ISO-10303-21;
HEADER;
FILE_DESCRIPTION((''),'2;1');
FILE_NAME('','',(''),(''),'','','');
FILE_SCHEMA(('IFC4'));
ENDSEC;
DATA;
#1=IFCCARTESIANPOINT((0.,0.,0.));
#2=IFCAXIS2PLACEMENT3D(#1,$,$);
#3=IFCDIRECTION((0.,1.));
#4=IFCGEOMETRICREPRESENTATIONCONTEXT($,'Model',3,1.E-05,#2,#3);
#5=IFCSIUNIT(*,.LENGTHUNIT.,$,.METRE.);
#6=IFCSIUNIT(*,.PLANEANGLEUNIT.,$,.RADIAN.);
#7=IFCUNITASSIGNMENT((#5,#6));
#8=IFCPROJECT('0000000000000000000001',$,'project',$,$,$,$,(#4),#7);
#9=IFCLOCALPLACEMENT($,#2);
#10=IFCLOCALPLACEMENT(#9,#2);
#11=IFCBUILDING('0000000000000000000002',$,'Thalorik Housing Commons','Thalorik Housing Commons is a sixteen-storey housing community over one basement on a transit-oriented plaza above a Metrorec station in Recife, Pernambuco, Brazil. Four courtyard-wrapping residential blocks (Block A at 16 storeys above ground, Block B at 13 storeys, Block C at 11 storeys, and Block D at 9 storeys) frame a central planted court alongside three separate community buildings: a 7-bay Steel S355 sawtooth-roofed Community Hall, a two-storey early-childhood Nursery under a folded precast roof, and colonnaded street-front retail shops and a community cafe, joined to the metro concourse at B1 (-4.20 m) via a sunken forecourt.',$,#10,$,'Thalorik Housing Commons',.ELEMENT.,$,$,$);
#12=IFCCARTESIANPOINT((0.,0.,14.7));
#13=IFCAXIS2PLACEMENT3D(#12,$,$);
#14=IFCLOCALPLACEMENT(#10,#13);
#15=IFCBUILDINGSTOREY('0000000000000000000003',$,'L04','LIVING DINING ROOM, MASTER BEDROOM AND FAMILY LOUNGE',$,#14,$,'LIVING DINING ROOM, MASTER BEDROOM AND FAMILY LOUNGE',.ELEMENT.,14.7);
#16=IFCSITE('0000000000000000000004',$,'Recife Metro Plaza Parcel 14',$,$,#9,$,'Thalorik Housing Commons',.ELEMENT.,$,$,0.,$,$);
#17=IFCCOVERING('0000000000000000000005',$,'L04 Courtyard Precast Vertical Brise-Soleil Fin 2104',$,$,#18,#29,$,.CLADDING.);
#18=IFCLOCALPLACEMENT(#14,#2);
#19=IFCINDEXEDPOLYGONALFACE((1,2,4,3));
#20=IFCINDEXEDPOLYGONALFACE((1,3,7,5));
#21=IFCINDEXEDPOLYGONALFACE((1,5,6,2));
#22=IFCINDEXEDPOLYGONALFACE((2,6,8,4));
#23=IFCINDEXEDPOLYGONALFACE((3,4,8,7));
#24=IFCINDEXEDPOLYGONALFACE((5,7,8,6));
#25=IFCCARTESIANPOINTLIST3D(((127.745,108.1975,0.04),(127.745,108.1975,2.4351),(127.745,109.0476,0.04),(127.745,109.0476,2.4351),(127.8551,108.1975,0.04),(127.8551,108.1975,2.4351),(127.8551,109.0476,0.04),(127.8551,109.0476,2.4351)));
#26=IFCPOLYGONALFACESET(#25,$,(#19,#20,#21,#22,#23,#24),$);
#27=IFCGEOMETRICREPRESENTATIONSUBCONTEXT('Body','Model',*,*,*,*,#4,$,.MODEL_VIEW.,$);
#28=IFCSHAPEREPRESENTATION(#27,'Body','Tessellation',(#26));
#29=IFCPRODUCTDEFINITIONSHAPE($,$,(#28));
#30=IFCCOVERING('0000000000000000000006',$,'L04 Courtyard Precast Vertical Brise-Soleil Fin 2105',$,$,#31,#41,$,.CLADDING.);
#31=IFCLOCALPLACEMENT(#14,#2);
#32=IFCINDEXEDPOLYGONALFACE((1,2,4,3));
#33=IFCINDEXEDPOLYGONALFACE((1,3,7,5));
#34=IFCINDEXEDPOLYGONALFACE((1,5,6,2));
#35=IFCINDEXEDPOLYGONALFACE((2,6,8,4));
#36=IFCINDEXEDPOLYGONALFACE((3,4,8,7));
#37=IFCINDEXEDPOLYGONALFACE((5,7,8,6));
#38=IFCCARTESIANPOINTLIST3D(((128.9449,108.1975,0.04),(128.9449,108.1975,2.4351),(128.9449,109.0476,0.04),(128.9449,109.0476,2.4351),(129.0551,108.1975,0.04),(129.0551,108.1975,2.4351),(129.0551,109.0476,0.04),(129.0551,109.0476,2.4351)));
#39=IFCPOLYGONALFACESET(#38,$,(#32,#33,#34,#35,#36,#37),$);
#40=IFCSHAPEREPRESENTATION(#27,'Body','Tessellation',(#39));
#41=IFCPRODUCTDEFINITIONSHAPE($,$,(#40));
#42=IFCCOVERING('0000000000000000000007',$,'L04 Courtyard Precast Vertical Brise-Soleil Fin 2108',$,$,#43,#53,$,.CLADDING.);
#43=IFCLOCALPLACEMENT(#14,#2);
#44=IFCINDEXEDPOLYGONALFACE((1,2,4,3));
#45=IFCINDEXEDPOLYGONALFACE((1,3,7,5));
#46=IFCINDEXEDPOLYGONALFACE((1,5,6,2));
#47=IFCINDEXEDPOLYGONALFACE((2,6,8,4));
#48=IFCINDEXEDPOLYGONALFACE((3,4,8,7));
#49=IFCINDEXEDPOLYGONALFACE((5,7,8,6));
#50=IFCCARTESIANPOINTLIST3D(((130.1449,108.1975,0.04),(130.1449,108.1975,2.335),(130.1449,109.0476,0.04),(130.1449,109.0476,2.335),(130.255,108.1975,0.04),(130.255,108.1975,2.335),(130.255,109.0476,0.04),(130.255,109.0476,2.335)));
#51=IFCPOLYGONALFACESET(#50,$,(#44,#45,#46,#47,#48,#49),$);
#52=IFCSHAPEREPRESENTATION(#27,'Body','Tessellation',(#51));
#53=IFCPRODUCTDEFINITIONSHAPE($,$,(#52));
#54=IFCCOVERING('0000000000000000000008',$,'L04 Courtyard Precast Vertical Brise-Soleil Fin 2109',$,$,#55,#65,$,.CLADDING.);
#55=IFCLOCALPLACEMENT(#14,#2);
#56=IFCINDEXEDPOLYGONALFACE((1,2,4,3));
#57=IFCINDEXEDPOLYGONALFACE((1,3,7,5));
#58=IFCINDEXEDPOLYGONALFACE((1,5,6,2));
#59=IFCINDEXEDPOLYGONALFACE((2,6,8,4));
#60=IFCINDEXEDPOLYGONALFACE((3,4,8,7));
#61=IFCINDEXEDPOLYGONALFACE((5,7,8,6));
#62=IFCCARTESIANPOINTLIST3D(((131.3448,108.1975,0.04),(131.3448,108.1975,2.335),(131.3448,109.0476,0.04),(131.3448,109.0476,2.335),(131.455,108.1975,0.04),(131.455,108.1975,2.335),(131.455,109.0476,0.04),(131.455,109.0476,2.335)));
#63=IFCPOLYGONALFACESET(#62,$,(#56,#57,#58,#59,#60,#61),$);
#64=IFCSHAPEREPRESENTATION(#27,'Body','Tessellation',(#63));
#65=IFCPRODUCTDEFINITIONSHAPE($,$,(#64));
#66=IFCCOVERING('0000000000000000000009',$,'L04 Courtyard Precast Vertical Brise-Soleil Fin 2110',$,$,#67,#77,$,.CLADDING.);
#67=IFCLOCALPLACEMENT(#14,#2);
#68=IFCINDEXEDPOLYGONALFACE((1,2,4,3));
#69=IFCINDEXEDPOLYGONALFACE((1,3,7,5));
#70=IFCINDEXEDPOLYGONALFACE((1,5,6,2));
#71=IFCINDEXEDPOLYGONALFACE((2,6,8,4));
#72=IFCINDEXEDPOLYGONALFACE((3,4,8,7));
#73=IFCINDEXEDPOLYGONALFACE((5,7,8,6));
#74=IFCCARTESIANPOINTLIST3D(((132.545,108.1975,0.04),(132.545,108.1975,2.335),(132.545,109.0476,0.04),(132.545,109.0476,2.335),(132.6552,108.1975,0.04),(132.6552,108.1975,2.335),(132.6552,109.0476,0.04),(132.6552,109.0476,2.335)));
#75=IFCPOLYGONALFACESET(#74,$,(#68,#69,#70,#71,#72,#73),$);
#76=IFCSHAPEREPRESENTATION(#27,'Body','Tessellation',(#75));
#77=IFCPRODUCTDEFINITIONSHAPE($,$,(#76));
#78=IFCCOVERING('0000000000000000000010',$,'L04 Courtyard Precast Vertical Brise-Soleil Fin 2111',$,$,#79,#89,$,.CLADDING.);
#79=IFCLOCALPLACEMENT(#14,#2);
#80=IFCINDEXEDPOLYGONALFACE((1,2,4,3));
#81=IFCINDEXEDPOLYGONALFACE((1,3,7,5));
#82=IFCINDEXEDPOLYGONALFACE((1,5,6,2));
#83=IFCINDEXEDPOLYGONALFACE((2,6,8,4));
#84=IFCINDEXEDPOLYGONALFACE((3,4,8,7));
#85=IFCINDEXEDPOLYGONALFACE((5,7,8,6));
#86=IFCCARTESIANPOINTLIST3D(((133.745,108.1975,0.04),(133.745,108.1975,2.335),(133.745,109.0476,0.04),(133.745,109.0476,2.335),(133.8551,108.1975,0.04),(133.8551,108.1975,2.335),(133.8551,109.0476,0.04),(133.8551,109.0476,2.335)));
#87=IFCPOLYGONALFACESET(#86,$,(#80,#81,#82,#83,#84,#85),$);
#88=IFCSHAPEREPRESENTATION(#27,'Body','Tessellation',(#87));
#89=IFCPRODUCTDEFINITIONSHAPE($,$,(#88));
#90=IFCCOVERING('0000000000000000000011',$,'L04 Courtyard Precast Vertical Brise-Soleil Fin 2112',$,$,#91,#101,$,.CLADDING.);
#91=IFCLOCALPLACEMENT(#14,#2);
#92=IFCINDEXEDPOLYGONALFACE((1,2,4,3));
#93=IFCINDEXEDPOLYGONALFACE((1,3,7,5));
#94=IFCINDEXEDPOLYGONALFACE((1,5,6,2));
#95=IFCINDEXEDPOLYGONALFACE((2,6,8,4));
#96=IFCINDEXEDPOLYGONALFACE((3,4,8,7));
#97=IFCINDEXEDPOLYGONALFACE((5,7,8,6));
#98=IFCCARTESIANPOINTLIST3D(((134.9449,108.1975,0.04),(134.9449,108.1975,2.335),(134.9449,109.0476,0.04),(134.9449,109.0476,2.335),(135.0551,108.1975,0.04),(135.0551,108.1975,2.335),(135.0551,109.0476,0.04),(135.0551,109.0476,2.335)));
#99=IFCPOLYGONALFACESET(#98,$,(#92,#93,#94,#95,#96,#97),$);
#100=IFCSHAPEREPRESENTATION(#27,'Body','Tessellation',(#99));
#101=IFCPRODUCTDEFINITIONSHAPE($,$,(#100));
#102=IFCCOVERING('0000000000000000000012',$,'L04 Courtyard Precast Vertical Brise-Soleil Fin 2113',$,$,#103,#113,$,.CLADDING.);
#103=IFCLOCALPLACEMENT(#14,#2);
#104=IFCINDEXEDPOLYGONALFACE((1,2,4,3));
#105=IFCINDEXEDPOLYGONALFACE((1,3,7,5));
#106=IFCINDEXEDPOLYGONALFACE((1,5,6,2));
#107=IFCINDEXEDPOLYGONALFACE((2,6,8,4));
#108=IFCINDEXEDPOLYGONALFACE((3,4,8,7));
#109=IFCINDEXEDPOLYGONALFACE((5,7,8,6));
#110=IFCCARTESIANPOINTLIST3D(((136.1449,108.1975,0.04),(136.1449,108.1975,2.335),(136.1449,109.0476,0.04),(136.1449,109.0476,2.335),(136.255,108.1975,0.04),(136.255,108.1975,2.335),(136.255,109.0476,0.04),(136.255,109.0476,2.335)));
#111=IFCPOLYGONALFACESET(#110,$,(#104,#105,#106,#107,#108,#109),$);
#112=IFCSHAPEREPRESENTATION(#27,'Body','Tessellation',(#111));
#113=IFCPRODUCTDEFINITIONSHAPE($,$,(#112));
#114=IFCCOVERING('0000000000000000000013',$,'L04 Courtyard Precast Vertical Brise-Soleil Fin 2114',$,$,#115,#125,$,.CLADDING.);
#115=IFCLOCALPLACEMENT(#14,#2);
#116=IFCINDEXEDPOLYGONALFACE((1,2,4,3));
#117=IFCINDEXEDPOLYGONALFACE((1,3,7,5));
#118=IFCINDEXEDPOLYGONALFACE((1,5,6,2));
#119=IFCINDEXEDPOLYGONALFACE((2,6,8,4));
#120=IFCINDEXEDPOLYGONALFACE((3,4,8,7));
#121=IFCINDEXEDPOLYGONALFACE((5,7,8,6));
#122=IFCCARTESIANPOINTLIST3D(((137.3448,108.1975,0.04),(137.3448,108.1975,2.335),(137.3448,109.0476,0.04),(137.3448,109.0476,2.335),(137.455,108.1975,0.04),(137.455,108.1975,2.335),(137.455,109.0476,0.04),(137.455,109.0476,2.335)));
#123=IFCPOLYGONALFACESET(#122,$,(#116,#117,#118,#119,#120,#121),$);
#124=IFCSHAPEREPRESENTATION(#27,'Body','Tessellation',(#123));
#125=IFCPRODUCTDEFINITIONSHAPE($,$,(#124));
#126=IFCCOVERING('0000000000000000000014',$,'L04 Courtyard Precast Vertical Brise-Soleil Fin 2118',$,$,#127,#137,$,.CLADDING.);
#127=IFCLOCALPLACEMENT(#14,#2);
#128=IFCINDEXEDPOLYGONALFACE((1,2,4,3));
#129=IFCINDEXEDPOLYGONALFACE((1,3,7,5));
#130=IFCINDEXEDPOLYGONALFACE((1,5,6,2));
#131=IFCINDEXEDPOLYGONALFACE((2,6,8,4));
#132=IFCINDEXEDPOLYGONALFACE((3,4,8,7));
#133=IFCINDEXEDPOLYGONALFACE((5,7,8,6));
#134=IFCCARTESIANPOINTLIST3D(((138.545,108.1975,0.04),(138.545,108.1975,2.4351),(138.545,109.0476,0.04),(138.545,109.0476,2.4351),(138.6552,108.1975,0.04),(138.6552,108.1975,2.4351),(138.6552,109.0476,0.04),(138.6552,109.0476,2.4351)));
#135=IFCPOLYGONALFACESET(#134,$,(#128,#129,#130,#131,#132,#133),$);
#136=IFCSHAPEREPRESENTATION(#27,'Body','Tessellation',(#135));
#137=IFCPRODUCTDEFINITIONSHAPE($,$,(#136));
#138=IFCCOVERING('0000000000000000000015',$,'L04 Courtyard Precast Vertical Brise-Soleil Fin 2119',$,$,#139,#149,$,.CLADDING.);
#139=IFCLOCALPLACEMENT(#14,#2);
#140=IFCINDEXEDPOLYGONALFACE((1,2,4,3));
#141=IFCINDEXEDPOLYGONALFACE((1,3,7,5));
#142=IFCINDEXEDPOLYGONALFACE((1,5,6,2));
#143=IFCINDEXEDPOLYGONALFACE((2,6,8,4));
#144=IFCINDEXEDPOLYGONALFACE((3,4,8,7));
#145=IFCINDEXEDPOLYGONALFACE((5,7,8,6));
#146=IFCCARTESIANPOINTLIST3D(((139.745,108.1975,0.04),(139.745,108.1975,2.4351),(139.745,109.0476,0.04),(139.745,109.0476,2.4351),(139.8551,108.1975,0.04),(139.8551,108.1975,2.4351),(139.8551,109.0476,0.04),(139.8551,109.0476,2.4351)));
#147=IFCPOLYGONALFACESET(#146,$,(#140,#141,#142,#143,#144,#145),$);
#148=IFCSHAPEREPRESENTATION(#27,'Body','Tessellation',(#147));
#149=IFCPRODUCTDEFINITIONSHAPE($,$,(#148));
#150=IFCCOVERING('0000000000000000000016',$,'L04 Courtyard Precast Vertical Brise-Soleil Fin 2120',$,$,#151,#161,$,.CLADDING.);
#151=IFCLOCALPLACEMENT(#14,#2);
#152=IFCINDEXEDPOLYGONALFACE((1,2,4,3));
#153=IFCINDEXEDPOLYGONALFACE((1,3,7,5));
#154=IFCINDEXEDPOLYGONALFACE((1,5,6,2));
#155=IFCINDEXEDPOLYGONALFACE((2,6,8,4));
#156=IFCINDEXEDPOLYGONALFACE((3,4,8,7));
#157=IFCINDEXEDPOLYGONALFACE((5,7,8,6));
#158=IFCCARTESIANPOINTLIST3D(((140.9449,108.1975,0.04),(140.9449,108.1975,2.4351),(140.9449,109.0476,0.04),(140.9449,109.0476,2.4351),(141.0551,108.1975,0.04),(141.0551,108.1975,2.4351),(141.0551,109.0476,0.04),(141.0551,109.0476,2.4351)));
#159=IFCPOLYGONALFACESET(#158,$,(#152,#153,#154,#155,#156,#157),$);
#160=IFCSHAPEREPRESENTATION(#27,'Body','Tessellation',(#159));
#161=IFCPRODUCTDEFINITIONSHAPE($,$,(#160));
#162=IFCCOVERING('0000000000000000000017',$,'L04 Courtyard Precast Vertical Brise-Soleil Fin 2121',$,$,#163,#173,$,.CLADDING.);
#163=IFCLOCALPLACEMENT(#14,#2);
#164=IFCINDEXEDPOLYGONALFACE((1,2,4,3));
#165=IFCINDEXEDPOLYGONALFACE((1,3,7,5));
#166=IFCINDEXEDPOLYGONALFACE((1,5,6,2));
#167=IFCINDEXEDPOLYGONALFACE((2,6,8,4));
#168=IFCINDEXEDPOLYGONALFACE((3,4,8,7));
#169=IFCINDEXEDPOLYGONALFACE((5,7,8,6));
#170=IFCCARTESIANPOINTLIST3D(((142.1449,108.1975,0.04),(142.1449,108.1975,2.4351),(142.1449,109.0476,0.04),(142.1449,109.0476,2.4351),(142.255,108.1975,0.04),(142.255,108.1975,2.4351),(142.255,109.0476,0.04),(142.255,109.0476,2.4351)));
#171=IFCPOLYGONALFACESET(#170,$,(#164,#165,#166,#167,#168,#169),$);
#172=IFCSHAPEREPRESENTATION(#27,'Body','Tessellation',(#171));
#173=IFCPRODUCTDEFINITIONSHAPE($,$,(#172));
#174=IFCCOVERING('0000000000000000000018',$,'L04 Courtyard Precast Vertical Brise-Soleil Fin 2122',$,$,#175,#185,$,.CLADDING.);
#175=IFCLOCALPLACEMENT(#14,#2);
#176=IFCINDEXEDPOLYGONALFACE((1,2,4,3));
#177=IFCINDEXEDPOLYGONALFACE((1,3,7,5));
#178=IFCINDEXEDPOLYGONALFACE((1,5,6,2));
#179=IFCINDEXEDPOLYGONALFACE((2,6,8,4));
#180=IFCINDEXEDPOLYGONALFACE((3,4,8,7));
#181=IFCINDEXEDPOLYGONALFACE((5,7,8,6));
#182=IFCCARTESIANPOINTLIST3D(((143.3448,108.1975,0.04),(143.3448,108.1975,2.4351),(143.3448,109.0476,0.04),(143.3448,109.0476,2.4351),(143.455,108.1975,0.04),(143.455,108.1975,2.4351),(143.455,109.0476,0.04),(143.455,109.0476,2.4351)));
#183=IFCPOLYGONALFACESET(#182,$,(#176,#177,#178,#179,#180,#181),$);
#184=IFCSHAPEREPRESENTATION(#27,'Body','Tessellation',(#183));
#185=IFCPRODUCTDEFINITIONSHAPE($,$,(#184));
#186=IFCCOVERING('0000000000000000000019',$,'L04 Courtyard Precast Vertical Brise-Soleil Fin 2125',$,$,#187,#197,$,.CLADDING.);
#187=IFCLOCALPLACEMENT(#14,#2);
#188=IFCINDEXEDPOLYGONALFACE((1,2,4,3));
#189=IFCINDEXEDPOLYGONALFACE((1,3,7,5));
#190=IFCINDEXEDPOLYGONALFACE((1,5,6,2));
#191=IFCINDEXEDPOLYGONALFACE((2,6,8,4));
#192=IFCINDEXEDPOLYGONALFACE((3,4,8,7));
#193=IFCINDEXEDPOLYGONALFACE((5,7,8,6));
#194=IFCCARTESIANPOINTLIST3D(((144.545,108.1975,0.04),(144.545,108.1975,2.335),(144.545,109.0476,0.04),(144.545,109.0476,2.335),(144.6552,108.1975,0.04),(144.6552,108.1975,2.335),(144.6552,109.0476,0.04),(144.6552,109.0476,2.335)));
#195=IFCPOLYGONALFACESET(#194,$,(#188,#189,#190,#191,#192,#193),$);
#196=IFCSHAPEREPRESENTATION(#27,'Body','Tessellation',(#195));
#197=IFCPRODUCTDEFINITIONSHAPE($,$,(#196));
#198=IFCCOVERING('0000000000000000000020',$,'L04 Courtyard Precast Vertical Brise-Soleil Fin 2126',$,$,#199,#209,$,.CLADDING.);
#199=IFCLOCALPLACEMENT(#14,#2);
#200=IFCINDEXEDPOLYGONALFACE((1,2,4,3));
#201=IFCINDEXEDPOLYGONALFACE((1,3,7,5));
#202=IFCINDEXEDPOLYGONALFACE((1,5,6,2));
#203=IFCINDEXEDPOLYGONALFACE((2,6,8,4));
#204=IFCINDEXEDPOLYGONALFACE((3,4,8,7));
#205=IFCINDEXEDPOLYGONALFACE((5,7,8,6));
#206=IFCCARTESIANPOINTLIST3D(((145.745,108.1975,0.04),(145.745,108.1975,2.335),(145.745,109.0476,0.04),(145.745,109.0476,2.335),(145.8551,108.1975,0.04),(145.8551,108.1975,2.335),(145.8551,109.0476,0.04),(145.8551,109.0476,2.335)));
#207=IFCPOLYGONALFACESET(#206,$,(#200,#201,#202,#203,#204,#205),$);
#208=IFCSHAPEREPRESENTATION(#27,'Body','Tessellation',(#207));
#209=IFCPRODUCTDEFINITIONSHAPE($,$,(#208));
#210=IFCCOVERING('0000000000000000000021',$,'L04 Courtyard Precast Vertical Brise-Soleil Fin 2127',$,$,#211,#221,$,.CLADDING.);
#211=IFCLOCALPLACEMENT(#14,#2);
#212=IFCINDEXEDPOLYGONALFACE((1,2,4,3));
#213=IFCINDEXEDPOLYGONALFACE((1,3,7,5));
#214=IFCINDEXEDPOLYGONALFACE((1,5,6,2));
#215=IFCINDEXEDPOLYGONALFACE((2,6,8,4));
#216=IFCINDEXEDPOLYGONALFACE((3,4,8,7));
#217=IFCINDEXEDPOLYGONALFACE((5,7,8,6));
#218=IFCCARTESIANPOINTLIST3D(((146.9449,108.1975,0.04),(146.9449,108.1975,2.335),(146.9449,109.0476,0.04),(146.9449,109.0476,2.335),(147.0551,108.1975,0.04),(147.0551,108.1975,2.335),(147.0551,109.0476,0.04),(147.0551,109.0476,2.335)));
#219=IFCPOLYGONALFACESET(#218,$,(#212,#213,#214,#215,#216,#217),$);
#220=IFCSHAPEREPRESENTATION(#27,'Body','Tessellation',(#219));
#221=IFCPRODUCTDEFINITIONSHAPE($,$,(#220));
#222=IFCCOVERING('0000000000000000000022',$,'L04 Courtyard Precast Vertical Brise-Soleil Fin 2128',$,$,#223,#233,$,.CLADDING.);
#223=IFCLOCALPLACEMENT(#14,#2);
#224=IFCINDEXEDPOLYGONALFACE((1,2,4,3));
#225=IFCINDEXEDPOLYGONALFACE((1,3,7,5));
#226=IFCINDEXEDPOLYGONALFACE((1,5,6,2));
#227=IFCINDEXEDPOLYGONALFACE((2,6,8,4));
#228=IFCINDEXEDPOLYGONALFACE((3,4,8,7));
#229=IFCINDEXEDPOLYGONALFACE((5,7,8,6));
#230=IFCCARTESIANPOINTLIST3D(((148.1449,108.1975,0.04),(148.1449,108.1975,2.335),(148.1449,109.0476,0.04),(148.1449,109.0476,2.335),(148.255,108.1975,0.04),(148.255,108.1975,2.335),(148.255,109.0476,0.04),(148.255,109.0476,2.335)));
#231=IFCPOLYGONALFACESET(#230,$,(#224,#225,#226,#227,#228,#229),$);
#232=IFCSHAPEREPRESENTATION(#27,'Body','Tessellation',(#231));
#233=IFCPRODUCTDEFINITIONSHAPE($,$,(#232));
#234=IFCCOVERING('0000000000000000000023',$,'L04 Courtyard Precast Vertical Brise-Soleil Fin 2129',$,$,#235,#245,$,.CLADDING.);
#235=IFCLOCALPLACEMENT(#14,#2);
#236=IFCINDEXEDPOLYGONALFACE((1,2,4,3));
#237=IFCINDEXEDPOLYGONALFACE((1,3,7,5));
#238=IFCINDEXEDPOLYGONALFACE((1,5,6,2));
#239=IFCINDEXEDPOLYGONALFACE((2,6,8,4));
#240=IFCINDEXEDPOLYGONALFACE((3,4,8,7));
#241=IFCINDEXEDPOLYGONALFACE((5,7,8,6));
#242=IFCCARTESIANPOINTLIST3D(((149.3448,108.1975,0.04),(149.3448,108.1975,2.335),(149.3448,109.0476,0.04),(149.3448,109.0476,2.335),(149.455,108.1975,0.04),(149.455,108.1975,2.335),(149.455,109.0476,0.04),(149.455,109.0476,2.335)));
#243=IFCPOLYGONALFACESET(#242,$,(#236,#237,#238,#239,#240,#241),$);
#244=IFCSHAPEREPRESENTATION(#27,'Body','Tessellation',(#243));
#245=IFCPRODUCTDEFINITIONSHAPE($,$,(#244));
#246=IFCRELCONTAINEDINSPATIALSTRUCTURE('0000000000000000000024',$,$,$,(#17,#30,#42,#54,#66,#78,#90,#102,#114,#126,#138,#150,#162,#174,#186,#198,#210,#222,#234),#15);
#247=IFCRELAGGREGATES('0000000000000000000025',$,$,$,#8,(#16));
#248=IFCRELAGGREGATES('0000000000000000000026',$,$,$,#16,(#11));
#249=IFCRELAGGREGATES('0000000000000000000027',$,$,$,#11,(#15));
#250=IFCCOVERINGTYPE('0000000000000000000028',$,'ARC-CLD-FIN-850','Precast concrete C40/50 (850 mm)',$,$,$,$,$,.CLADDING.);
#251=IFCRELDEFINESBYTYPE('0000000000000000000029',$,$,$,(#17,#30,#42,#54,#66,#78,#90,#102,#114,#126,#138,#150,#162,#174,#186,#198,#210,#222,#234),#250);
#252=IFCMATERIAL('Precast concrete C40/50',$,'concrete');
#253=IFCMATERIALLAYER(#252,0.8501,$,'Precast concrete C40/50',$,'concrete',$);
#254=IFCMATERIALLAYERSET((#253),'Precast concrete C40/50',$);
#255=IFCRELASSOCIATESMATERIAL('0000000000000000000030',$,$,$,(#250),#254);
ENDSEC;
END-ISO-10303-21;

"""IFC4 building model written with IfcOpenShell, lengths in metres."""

from ifc_helpers import new_model, si_unit, direction, frame, origin, origin_2d, place, context, subcontext, project, spatial, rectangle, extrude, material, layer, layer_set, type_object, element, save


model = new_model("IFC4")

# Units and contexts
model_context = context("Model", 3, precision=1e-05, world=origin(), true_north=direction((0.0, 1.0)))
body_context = subcontext(model_context, "Body", "Model", "MODEL_VIEW")
ifc_project = project(units=[si_unit("LENGTHUNIT", "METRE"), si_unit("PLANEANGLEUNIT", "RADIAN")], contexts=[model_context])

# Site, building, storey
site_placement = place(None, origin())
site = spatial("IfcSite", under=ifc_project, at=site_placement, Name="Recife Metro Plaza Parcel 14", LongName="Thalorik Housing Commons", CompositionType="ELEMENT", RefElevation=0.0)
building_placement = place(site_placement, origin())
building = spatial("IfcBuilding", under=site, at=building_placement, Name="Thalorik Housing Commons", Description="Thalorik Housing Commons is a sixteen-storey housing community over one basement on a transit-oriented plaza above a Metrorec station in Recife, Pernambuco, Brazil. Four courtyard-wrapping residential blocks (Block A at 16 storeys above ground, Block B at 13 storeys, Block C at 11 storeys, and Block D at 9 storeys) frame a central planted court alongside three separate community buildings: a 7-bay Steel S355 sawtooth-roofed Community Hall, a two-storey early-childhood Nursery under a folded precast roof, and colonnaded street-front retail shops and a community cafe, joined to the metro concourse at B1 (-4.20 m) via a sunken forecourt.", LongName="Thalorik Housing Commons", CompositionType="ELEMENT")
storey_placement = place(building_placement, frame((0.0, 0.0, 14.7)))
storey = spatial("IfcBuildingStorey", under=building, at=storey_placement, Name="L04", Description="LIVING DINING ROOM, MASTER BEDROOM AND FAMILY LOUNGE", LongName="LIVING DINING ROOM, MASTER BEDROOM AND FAMILY LOUNGE", CompositionType="ELEMENT", Elevation=14.7)

# Coverings
ifc_material = material(Name="Precast concrete C40/50", Category="concrete")
ifc_layer = layer(ifc_material, 0.8501, Name="Precast concrete C40/50", Category="concrete")
ifc_layer_set = layer_set([ifc_layer], Name="Precast concrete C40/50")
covering_type = type_object("IfcCoveringType", Name="ARC-CLD-FIN-850", Description="Precast concrete C40/50 (850 mm)", PredefinedType="CLADDING", material=ifc_layer_set)
for number, where, z_axis, x_axis, name in (
    (1, (127.8, 108.6226, 0.04), (0.0, 0.0, 1.0), (1.0, 0.0, 0.0), "L04 Courtyard Precast Vertical Brise-Soleil Fin 2104"),
    (2, (129.0, 108.6226, 0.04), (0.0, 0.0, 1.0), (1.0, 0.0, 0.0), "L04 Courtyard Precast Vertical Brise-Soleil Fin 2105"),
):
    element("IfcCovering", number, at=place(storey_placement, frame(where, z_axis=z_axis, x_axis=x_axis)), inside=storey, type_object=covering_type, Name=name, PredefinedType="CLADDING", context=body_context, shape_type="SweptSolid", body=[
        extrude(rectangle(XDim=0.1101, YDim=0.8501, at=origin_2d()), origin(), (0.0, 0.0, 1.0), 2.395),
    ])
for number, where, z_axis, x_axis, name in (
    (3, (130.2, 108.6226, 0.04), (0.0, 0.0, 1.0), (1.0, 0.0, 0.0), "L04 Courtyard Precast Vertical Brise-Soleil Fin 2108"),
    (4, (131.3999, 108.6226, 0.04), (0.0, 0.0, 1.0), (1.0, 0.0, 0.0), "L04 Courtyard Precast Vertical Brise-Soleil Fin 2109"),
    (5, (132.6001, 108.6226, 0.04), (0.0, 0.0, 1.0), (1.0, 0.0, 0.0), "L04 Courtyard Precast Vertical Brise-Soleil Fin 2110"),
    (6, (133.8, 108.6226, 0.04), (0.0, 0.0, 1.0), (1.0, 0.0, 0.0), "L04 Courtyard Precast Vertical Brise-Soleil Fin 2111"),
    (7, (135.0, 108.6226, 0.04), (0.0, 0.0, 1.0), (1.0, 0.0, 0.0), "L04 Courtyard Precast Vertical Brise-Soleil Fin 2112"),
    (8, (136.2, 108.6226, 0.04), (0.0, 0.0, 1.0), (1.0, 0.0, 0.0), "L04 Courtyard Precast Vertical Brise-Soleil Fin 2113"),
    (9, (137.3999, 108.6226, 0.04), (0.0, 0.0, 1.0), (1.0, 0.0, 0.0), "L04 Courtyard Precast Vertical Brise-Soleil Fin 2114"),
):
    element("IfcCovering", number, at=place(storey_placement, frame(where, z_axis=z_axis, x_axis=x_axis)), inside=storey, type_object=covering_type, Name=name, PredefinedType="CLADDING", context=body_context, shape_type="SweptSolid", body=[
        extrude(rectangle(XDim=0.1101, YDim=0.8501, at=origin_2d()), origin(), (0.0, 0.0, 1.0), 2.2949),
    ])
for number, where, z_axis, x_axis, name in (
    (10, (138.6001, 108.6226, 0.04), (0.0, 0.0, 1.0), (1.0, 0.0, 0.0), "L04 Courtyard Precast Vertical Brise-Soleil Fin 2118"),
    (11, (139.8, 108.6226, 0.04), (0.0, 0.0, 1.0), (1.0, 0.0, 0.0), "L04 Courtyard Precast Vertical Brise-Soleil Fin 2119"),
    (12, (141.0, 108.6226, 0.04), (0.0, 0.0, 1.0), (1.0, 0.0, 0.0), "L04 Courtyard Precast Vertical Brise-Soleil Fin 2120"),
    (13, (142.2, 108.6226, 0.04), (0.0, 0.0, 1.0), (1.0, 0.0, 0.0), "L04 Courtyard Precast Vertical Brise-Soleil Fin 2121"),
    (14, (143.3999, 108.6226, 0.04), (0.0, 0.0, 1.0), (1.0, 0.0, 0.0), "L04 Courtyard Precast Vertical Brise-Soleil Fin 2122"),
):
    element("IfcCovering", number, at=place(storey_placement, frame(where, z_axis=z_axis, x_axis=x_axis)), inside=storey, type_object=covering_type, Name=name, PredefinedType="CLADDING", context=body_context, shape_type="SweptSolid", body=[
        extrude(rectangle(XDim=0.1101, YDim=0.8501, at=origin_2d()), origin(), (0.0, 0.0, 1.0), 2.395),
    ])
for number, where, z_axis, x_axis, name in (
    (15, (144.6001, 108.6226, 0.04), (0.0, 0.0, 1.0), (1.0, 0.0, 0.0), "L04 Courtyard Precast Vertical Brise-Soleil Fin 2125"),
    (16, (145.8, 108.6226, 0.04), (0.0, 0.0, 1.0), (1.0, 0.0, 0.0), "L04 Courtyard Precast Vertical Brise-Soleil Fin 2126"),
    (17, (147.0, 108.6226, 0.04), (0.0, 0.0, 1.0), (1.0, 0.0, 0.0), "L04 Courtyard Precast Vertical Brise-Soleil Fin 2127"),
    (18, (148.2, 108.6226, 0.04), (0.0, 0.0, 1.0), (1.0, 0.0, 0.0), "L04 Courtyard Precast Vertical Brise-Soleil Fin 2128"),
    (19, (149.3999, 108.6226, 0.04), (0.0, 0.0, 1.0), (1.0, 0.0, 0.0), "L04 Courtyard Precast Vertical Brise-Soleil Fin 2129"),
):
    element("IfcCovering", number, at=place(storey_placement, frame(where, z_axis=z_axis, x_axis=x_axis)), inside=storey, type_object=covering_type, Name=name, PredefinedType="CLADDING", context=body_context, shape_type="SweptSolid", body=[
        extrude(rectangle(XDim=0.1101, YDim=0.8501, at=origin_2d()), origin(), (0.0, 0.0, 1.0), 2.2949),
    ])

save(model, "model.ifc")
